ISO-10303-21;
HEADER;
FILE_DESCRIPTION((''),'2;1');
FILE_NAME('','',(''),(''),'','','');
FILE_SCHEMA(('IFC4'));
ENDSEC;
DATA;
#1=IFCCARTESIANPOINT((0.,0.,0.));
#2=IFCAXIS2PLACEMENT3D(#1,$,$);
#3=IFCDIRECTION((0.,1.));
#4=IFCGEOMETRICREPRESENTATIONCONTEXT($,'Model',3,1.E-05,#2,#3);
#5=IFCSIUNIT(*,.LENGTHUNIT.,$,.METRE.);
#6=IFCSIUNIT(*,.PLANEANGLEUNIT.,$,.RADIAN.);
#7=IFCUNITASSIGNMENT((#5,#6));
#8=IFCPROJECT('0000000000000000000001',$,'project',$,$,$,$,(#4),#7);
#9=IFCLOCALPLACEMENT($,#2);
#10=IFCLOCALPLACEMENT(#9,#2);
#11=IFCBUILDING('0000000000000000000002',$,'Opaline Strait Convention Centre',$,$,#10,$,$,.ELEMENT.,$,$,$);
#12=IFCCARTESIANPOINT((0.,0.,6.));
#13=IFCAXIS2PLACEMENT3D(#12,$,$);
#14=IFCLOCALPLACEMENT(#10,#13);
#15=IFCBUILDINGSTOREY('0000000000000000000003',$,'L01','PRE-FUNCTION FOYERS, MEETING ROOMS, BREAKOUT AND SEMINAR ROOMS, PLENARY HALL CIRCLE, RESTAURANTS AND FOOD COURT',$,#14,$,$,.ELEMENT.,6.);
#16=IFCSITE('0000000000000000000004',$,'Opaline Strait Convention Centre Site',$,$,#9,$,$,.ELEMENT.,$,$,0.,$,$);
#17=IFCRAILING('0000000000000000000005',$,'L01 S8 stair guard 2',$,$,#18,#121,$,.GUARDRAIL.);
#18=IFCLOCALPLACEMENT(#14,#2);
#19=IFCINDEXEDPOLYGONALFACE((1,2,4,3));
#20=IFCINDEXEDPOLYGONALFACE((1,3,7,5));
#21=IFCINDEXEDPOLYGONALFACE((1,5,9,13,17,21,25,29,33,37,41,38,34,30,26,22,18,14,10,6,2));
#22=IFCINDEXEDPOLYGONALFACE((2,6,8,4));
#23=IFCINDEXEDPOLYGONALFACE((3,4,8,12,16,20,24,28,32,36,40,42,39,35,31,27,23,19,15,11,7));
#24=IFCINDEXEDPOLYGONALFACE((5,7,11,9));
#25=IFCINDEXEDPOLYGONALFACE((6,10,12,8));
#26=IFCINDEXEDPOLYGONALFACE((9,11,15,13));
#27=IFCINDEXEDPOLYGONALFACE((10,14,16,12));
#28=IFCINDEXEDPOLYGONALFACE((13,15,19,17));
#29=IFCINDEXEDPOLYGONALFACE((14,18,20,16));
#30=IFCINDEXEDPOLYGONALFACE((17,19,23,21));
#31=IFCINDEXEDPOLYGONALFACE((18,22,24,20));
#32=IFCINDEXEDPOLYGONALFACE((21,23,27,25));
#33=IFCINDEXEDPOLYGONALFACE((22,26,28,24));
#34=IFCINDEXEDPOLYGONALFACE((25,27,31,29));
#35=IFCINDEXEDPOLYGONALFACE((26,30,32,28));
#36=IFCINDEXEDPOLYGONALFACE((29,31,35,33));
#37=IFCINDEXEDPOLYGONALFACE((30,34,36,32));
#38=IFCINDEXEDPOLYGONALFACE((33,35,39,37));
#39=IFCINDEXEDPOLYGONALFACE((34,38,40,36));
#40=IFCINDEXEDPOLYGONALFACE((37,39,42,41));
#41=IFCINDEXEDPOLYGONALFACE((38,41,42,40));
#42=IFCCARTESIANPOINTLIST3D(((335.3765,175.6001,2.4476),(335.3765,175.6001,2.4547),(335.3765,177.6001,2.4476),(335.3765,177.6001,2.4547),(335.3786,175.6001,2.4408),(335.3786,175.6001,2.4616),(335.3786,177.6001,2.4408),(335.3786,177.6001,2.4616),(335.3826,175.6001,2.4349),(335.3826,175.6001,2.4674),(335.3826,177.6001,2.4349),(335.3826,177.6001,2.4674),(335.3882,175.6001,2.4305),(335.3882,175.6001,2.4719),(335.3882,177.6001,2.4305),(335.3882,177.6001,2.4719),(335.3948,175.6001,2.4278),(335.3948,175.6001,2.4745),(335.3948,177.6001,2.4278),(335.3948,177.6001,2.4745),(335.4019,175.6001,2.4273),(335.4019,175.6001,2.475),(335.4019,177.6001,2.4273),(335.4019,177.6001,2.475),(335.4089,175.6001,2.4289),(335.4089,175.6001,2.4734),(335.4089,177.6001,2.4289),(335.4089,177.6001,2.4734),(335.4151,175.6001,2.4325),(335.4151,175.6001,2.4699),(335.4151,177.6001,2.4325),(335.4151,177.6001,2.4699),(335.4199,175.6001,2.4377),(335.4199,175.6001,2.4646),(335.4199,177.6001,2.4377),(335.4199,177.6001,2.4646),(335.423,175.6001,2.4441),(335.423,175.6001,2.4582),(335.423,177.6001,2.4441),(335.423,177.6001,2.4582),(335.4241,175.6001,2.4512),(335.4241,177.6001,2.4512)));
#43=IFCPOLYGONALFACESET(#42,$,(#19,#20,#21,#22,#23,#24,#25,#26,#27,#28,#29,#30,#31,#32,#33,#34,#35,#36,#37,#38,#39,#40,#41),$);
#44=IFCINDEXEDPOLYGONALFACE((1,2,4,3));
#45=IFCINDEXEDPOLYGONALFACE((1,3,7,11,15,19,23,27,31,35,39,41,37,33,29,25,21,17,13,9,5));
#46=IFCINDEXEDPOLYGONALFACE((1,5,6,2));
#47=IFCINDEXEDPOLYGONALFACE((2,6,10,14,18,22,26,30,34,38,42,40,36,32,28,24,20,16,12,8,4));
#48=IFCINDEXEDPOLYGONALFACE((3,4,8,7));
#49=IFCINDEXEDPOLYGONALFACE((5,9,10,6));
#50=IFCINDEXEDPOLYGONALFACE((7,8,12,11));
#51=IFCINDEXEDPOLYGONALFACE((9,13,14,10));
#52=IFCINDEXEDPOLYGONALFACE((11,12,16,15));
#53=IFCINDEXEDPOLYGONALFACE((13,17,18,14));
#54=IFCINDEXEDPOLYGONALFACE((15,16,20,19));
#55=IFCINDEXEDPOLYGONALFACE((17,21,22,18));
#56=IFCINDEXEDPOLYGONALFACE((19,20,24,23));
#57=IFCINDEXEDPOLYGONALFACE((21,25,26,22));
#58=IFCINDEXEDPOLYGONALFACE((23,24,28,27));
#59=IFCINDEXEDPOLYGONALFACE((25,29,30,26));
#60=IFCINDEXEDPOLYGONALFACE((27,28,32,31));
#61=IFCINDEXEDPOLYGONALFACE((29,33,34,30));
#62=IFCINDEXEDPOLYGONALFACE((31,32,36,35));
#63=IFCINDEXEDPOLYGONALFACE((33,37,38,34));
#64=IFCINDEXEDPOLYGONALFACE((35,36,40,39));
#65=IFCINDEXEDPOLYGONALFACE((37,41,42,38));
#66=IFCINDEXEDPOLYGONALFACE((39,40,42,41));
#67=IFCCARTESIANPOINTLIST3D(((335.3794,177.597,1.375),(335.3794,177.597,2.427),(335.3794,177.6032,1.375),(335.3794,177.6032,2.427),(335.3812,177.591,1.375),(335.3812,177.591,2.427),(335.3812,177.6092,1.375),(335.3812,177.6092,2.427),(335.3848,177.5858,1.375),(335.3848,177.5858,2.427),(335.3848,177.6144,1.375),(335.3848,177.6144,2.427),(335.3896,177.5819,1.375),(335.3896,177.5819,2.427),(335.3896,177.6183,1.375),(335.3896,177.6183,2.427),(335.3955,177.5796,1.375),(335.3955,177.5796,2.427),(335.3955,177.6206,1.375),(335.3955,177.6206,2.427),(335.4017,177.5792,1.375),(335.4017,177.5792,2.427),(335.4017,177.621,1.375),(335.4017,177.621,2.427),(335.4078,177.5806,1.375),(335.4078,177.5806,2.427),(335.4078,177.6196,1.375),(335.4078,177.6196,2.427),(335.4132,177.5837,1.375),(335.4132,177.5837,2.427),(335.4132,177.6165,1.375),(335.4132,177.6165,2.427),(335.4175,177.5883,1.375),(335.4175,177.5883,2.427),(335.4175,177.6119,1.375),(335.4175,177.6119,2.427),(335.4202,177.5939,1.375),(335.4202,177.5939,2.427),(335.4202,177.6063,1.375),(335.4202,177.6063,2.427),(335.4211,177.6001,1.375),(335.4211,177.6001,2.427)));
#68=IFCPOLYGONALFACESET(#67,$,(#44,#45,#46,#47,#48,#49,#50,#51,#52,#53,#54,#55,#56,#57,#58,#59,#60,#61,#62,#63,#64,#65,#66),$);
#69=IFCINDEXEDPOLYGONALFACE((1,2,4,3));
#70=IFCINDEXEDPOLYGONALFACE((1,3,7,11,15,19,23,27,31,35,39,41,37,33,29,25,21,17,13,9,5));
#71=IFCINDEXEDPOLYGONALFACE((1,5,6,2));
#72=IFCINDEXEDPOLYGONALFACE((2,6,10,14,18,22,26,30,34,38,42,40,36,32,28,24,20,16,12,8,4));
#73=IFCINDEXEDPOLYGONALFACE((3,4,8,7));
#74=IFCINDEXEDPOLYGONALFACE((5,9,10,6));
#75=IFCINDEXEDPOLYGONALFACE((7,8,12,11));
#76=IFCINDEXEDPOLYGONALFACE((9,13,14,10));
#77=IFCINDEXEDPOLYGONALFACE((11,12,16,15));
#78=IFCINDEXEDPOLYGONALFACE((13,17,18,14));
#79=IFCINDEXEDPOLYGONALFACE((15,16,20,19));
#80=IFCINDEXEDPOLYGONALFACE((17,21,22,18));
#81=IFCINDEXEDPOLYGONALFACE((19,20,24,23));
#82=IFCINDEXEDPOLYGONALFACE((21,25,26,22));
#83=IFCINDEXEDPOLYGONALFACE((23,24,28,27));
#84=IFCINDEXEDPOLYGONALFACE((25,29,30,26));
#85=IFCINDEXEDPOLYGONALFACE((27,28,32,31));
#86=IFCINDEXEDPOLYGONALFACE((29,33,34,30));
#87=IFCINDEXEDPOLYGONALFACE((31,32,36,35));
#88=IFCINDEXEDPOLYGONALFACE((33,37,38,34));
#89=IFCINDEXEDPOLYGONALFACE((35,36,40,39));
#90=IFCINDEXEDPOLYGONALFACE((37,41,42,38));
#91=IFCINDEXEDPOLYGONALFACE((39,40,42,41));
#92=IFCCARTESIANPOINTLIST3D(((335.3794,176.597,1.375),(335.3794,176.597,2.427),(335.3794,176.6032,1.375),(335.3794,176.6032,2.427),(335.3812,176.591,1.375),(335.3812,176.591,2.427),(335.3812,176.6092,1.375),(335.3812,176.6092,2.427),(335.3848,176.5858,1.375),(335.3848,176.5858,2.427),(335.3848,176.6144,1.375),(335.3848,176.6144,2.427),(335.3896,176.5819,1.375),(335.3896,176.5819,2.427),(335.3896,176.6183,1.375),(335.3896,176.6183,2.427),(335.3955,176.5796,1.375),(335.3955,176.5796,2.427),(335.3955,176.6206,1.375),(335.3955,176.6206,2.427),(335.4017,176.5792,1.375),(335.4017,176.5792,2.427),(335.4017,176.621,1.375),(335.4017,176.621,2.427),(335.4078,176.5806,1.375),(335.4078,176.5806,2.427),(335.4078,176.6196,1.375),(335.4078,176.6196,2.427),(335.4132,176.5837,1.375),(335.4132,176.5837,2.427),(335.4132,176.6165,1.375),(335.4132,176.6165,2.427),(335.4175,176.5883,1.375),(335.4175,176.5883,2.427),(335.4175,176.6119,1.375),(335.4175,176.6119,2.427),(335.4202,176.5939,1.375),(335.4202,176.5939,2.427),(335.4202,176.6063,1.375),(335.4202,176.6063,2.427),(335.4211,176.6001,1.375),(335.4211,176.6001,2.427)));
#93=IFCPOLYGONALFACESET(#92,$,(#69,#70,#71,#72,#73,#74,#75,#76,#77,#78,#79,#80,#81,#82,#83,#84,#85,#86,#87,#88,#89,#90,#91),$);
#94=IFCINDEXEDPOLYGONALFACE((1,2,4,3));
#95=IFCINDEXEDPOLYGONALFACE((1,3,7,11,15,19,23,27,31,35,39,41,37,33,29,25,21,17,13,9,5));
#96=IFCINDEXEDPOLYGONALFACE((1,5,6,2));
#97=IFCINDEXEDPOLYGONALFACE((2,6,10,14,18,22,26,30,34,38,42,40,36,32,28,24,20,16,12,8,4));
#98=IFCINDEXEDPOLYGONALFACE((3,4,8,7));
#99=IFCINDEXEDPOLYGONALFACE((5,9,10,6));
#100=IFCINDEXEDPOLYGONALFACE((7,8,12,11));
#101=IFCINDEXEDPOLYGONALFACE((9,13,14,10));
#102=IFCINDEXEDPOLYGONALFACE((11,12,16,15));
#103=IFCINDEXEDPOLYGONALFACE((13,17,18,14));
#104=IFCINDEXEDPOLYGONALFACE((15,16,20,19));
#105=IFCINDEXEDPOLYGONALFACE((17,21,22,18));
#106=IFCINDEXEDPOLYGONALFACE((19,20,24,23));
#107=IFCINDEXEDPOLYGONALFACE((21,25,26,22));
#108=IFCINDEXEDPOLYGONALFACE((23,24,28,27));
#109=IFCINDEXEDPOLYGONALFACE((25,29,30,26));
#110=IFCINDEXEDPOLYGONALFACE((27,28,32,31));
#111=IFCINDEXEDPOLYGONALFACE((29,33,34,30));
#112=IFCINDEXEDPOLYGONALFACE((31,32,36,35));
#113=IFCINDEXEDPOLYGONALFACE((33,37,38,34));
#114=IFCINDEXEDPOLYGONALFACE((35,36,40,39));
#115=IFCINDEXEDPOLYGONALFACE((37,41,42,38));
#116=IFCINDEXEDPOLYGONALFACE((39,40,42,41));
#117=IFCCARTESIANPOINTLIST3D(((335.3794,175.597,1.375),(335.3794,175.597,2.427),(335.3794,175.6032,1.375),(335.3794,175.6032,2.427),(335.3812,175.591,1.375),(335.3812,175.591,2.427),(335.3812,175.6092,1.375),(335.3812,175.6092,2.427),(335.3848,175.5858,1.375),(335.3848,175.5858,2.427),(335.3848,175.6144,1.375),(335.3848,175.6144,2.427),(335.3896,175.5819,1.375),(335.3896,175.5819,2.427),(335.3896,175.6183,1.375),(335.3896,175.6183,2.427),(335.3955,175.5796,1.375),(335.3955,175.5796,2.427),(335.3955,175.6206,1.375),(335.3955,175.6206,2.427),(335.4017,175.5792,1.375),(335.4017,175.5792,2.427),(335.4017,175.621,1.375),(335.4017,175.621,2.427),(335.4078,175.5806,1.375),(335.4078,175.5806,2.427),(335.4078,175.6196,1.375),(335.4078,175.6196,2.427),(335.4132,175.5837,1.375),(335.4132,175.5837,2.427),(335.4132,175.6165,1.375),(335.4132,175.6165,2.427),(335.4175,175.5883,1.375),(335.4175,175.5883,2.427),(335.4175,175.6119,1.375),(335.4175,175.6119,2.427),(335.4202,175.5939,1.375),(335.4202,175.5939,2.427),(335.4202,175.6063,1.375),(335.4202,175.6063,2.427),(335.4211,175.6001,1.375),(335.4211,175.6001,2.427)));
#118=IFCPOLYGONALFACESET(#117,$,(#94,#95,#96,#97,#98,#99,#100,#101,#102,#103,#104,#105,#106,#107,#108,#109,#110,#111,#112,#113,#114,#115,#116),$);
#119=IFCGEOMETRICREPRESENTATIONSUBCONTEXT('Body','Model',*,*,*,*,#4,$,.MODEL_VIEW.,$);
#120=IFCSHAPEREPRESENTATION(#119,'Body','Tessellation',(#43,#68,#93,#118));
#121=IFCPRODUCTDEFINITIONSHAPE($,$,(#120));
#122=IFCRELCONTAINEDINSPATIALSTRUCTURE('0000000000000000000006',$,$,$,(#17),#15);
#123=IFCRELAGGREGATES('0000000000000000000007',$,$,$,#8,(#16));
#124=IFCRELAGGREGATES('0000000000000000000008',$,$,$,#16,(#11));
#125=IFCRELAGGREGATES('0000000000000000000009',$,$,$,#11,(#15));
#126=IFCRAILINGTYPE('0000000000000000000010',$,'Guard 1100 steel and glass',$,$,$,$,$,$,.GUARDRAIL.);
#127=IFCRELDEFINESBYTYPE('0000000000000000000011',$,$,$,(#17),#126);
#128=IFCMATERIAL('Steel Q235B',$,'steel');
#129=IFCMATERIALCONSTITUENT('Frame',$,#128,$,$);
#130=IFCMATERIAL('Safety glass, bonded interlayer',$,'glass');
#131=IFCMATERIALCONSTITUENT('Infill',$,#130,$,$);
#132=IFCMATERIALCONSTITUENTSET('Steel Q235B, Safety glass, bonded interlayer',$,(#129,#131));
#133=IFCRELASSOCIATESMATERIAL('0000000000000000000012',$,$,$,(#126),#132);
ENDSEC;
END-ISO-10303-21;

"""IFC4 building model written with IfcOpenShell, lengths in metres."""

from ifc_helpers import new_model, si_unit, direction, frame, origin, origin_2d, place, context, subcontext, project, spatial, circle, extrude, material, constituent, constituent_set, type_object, element, save


model = new_model("IFC4")

# Units and contexts
model_context = context("Model", 3, precision=1e-05, world=origin(), true_north=direction((0.0, 1.0)))
body_context = subcontext(model_context, "Body", "Model", "MODEL_VIEW")
ifc_project = project(units=[si_unit("LENGTHUNIT", "METRE"), si_unit("PLANEANGLEUNIT", "RADIAN")], contexts=[model_context])

# Site, building, storey
site_placement = place(None, origin())
site = spatial("IfcSite", under=ifc_project, at=site_placement, Name="Opaline Strait Convention Centre Site", CompositionType="ELEMENT", RefElevation=0.0)
building_placement = place(site_placement, origin())
building = spatial("IfcBuilding", under=site, at=building_placement, Name="Opaline Strait Convention Centre", CompositionType="ELEMENT")
storey_placement = place(building_placement, frame((0.0, 0.0, 6.0)))
storey = spatial("IfcBuildingStorey", under=building, at=storey_placement, Name="L01", Description="PRE-FUNCTION FOYERS, MEETING ROOMS, BREAKOUT AND SEMINAR ROOMS, PLENARY HALL CIRCLE, RESTAURANTS AND FOOD COURT", CompositionType="ELEMENT", Elevation=6.0)

# Railing
ifc_material_1 = material(Name="Steel Q235B", Category="steel")
ifc_constituent_1 = constituent(ifc_material_1, Name="Frame")
ifc_material_2 = material(Name="Safety glass, bonded interlayer", Category="glass")
ifc_constituent_2 = constituent(ifc_material_2, Name="Infill")
ifc_constituent_set = constituent_set(constituents=[ifc_constituent_1, ifc_constituent_2], Name="Steel Q235B, Safety glass, bonded interlayer")
railing_type_1 = type_object("IfcRailingType", Name="Guard 1100 steel and glass", PredefinedType="GUARDRAIL", material=ifc_constituent_set)
railing_1_placement = place(storey_placement, frame((335.4001, 177.6001, 1.375)))
element("IfcRailing", 1, at=railing_1_placement, inside=storey, type_object=railing_type_1, Name="L01 S8 stair guard 2", PredefinedType="GUARDRAIL", context=body_context, shape_type="SweptSolid", body=[
    extrude(circle(Radius=0.0239, at=origin_2d()), frame((0.0, 0.0, 1.0762), z_axis=(0.0, -1.0, 0.0), x_axis=(1.0, 0.0, 0.0)), (0.0, 0.0, 1.0), 2.0),
    extrude(circle(Radius=0.021, at=origin_2d()), origin(), (0.0, 0.0, 1.0), 1.052),
    extrude(circle(Radius=0.021, at=origin_2d()), frame((0.0, -1.0, 0.0)), (0.0, 0.0, 1.0), 1.052),
    extrude(circle(Radius=0.021, at=origin_2d()), frame((0.0, -2.0, 0.0)), (0.0, 0.0, 1.0), 1.052),
])

save(model, "model.ifc")
